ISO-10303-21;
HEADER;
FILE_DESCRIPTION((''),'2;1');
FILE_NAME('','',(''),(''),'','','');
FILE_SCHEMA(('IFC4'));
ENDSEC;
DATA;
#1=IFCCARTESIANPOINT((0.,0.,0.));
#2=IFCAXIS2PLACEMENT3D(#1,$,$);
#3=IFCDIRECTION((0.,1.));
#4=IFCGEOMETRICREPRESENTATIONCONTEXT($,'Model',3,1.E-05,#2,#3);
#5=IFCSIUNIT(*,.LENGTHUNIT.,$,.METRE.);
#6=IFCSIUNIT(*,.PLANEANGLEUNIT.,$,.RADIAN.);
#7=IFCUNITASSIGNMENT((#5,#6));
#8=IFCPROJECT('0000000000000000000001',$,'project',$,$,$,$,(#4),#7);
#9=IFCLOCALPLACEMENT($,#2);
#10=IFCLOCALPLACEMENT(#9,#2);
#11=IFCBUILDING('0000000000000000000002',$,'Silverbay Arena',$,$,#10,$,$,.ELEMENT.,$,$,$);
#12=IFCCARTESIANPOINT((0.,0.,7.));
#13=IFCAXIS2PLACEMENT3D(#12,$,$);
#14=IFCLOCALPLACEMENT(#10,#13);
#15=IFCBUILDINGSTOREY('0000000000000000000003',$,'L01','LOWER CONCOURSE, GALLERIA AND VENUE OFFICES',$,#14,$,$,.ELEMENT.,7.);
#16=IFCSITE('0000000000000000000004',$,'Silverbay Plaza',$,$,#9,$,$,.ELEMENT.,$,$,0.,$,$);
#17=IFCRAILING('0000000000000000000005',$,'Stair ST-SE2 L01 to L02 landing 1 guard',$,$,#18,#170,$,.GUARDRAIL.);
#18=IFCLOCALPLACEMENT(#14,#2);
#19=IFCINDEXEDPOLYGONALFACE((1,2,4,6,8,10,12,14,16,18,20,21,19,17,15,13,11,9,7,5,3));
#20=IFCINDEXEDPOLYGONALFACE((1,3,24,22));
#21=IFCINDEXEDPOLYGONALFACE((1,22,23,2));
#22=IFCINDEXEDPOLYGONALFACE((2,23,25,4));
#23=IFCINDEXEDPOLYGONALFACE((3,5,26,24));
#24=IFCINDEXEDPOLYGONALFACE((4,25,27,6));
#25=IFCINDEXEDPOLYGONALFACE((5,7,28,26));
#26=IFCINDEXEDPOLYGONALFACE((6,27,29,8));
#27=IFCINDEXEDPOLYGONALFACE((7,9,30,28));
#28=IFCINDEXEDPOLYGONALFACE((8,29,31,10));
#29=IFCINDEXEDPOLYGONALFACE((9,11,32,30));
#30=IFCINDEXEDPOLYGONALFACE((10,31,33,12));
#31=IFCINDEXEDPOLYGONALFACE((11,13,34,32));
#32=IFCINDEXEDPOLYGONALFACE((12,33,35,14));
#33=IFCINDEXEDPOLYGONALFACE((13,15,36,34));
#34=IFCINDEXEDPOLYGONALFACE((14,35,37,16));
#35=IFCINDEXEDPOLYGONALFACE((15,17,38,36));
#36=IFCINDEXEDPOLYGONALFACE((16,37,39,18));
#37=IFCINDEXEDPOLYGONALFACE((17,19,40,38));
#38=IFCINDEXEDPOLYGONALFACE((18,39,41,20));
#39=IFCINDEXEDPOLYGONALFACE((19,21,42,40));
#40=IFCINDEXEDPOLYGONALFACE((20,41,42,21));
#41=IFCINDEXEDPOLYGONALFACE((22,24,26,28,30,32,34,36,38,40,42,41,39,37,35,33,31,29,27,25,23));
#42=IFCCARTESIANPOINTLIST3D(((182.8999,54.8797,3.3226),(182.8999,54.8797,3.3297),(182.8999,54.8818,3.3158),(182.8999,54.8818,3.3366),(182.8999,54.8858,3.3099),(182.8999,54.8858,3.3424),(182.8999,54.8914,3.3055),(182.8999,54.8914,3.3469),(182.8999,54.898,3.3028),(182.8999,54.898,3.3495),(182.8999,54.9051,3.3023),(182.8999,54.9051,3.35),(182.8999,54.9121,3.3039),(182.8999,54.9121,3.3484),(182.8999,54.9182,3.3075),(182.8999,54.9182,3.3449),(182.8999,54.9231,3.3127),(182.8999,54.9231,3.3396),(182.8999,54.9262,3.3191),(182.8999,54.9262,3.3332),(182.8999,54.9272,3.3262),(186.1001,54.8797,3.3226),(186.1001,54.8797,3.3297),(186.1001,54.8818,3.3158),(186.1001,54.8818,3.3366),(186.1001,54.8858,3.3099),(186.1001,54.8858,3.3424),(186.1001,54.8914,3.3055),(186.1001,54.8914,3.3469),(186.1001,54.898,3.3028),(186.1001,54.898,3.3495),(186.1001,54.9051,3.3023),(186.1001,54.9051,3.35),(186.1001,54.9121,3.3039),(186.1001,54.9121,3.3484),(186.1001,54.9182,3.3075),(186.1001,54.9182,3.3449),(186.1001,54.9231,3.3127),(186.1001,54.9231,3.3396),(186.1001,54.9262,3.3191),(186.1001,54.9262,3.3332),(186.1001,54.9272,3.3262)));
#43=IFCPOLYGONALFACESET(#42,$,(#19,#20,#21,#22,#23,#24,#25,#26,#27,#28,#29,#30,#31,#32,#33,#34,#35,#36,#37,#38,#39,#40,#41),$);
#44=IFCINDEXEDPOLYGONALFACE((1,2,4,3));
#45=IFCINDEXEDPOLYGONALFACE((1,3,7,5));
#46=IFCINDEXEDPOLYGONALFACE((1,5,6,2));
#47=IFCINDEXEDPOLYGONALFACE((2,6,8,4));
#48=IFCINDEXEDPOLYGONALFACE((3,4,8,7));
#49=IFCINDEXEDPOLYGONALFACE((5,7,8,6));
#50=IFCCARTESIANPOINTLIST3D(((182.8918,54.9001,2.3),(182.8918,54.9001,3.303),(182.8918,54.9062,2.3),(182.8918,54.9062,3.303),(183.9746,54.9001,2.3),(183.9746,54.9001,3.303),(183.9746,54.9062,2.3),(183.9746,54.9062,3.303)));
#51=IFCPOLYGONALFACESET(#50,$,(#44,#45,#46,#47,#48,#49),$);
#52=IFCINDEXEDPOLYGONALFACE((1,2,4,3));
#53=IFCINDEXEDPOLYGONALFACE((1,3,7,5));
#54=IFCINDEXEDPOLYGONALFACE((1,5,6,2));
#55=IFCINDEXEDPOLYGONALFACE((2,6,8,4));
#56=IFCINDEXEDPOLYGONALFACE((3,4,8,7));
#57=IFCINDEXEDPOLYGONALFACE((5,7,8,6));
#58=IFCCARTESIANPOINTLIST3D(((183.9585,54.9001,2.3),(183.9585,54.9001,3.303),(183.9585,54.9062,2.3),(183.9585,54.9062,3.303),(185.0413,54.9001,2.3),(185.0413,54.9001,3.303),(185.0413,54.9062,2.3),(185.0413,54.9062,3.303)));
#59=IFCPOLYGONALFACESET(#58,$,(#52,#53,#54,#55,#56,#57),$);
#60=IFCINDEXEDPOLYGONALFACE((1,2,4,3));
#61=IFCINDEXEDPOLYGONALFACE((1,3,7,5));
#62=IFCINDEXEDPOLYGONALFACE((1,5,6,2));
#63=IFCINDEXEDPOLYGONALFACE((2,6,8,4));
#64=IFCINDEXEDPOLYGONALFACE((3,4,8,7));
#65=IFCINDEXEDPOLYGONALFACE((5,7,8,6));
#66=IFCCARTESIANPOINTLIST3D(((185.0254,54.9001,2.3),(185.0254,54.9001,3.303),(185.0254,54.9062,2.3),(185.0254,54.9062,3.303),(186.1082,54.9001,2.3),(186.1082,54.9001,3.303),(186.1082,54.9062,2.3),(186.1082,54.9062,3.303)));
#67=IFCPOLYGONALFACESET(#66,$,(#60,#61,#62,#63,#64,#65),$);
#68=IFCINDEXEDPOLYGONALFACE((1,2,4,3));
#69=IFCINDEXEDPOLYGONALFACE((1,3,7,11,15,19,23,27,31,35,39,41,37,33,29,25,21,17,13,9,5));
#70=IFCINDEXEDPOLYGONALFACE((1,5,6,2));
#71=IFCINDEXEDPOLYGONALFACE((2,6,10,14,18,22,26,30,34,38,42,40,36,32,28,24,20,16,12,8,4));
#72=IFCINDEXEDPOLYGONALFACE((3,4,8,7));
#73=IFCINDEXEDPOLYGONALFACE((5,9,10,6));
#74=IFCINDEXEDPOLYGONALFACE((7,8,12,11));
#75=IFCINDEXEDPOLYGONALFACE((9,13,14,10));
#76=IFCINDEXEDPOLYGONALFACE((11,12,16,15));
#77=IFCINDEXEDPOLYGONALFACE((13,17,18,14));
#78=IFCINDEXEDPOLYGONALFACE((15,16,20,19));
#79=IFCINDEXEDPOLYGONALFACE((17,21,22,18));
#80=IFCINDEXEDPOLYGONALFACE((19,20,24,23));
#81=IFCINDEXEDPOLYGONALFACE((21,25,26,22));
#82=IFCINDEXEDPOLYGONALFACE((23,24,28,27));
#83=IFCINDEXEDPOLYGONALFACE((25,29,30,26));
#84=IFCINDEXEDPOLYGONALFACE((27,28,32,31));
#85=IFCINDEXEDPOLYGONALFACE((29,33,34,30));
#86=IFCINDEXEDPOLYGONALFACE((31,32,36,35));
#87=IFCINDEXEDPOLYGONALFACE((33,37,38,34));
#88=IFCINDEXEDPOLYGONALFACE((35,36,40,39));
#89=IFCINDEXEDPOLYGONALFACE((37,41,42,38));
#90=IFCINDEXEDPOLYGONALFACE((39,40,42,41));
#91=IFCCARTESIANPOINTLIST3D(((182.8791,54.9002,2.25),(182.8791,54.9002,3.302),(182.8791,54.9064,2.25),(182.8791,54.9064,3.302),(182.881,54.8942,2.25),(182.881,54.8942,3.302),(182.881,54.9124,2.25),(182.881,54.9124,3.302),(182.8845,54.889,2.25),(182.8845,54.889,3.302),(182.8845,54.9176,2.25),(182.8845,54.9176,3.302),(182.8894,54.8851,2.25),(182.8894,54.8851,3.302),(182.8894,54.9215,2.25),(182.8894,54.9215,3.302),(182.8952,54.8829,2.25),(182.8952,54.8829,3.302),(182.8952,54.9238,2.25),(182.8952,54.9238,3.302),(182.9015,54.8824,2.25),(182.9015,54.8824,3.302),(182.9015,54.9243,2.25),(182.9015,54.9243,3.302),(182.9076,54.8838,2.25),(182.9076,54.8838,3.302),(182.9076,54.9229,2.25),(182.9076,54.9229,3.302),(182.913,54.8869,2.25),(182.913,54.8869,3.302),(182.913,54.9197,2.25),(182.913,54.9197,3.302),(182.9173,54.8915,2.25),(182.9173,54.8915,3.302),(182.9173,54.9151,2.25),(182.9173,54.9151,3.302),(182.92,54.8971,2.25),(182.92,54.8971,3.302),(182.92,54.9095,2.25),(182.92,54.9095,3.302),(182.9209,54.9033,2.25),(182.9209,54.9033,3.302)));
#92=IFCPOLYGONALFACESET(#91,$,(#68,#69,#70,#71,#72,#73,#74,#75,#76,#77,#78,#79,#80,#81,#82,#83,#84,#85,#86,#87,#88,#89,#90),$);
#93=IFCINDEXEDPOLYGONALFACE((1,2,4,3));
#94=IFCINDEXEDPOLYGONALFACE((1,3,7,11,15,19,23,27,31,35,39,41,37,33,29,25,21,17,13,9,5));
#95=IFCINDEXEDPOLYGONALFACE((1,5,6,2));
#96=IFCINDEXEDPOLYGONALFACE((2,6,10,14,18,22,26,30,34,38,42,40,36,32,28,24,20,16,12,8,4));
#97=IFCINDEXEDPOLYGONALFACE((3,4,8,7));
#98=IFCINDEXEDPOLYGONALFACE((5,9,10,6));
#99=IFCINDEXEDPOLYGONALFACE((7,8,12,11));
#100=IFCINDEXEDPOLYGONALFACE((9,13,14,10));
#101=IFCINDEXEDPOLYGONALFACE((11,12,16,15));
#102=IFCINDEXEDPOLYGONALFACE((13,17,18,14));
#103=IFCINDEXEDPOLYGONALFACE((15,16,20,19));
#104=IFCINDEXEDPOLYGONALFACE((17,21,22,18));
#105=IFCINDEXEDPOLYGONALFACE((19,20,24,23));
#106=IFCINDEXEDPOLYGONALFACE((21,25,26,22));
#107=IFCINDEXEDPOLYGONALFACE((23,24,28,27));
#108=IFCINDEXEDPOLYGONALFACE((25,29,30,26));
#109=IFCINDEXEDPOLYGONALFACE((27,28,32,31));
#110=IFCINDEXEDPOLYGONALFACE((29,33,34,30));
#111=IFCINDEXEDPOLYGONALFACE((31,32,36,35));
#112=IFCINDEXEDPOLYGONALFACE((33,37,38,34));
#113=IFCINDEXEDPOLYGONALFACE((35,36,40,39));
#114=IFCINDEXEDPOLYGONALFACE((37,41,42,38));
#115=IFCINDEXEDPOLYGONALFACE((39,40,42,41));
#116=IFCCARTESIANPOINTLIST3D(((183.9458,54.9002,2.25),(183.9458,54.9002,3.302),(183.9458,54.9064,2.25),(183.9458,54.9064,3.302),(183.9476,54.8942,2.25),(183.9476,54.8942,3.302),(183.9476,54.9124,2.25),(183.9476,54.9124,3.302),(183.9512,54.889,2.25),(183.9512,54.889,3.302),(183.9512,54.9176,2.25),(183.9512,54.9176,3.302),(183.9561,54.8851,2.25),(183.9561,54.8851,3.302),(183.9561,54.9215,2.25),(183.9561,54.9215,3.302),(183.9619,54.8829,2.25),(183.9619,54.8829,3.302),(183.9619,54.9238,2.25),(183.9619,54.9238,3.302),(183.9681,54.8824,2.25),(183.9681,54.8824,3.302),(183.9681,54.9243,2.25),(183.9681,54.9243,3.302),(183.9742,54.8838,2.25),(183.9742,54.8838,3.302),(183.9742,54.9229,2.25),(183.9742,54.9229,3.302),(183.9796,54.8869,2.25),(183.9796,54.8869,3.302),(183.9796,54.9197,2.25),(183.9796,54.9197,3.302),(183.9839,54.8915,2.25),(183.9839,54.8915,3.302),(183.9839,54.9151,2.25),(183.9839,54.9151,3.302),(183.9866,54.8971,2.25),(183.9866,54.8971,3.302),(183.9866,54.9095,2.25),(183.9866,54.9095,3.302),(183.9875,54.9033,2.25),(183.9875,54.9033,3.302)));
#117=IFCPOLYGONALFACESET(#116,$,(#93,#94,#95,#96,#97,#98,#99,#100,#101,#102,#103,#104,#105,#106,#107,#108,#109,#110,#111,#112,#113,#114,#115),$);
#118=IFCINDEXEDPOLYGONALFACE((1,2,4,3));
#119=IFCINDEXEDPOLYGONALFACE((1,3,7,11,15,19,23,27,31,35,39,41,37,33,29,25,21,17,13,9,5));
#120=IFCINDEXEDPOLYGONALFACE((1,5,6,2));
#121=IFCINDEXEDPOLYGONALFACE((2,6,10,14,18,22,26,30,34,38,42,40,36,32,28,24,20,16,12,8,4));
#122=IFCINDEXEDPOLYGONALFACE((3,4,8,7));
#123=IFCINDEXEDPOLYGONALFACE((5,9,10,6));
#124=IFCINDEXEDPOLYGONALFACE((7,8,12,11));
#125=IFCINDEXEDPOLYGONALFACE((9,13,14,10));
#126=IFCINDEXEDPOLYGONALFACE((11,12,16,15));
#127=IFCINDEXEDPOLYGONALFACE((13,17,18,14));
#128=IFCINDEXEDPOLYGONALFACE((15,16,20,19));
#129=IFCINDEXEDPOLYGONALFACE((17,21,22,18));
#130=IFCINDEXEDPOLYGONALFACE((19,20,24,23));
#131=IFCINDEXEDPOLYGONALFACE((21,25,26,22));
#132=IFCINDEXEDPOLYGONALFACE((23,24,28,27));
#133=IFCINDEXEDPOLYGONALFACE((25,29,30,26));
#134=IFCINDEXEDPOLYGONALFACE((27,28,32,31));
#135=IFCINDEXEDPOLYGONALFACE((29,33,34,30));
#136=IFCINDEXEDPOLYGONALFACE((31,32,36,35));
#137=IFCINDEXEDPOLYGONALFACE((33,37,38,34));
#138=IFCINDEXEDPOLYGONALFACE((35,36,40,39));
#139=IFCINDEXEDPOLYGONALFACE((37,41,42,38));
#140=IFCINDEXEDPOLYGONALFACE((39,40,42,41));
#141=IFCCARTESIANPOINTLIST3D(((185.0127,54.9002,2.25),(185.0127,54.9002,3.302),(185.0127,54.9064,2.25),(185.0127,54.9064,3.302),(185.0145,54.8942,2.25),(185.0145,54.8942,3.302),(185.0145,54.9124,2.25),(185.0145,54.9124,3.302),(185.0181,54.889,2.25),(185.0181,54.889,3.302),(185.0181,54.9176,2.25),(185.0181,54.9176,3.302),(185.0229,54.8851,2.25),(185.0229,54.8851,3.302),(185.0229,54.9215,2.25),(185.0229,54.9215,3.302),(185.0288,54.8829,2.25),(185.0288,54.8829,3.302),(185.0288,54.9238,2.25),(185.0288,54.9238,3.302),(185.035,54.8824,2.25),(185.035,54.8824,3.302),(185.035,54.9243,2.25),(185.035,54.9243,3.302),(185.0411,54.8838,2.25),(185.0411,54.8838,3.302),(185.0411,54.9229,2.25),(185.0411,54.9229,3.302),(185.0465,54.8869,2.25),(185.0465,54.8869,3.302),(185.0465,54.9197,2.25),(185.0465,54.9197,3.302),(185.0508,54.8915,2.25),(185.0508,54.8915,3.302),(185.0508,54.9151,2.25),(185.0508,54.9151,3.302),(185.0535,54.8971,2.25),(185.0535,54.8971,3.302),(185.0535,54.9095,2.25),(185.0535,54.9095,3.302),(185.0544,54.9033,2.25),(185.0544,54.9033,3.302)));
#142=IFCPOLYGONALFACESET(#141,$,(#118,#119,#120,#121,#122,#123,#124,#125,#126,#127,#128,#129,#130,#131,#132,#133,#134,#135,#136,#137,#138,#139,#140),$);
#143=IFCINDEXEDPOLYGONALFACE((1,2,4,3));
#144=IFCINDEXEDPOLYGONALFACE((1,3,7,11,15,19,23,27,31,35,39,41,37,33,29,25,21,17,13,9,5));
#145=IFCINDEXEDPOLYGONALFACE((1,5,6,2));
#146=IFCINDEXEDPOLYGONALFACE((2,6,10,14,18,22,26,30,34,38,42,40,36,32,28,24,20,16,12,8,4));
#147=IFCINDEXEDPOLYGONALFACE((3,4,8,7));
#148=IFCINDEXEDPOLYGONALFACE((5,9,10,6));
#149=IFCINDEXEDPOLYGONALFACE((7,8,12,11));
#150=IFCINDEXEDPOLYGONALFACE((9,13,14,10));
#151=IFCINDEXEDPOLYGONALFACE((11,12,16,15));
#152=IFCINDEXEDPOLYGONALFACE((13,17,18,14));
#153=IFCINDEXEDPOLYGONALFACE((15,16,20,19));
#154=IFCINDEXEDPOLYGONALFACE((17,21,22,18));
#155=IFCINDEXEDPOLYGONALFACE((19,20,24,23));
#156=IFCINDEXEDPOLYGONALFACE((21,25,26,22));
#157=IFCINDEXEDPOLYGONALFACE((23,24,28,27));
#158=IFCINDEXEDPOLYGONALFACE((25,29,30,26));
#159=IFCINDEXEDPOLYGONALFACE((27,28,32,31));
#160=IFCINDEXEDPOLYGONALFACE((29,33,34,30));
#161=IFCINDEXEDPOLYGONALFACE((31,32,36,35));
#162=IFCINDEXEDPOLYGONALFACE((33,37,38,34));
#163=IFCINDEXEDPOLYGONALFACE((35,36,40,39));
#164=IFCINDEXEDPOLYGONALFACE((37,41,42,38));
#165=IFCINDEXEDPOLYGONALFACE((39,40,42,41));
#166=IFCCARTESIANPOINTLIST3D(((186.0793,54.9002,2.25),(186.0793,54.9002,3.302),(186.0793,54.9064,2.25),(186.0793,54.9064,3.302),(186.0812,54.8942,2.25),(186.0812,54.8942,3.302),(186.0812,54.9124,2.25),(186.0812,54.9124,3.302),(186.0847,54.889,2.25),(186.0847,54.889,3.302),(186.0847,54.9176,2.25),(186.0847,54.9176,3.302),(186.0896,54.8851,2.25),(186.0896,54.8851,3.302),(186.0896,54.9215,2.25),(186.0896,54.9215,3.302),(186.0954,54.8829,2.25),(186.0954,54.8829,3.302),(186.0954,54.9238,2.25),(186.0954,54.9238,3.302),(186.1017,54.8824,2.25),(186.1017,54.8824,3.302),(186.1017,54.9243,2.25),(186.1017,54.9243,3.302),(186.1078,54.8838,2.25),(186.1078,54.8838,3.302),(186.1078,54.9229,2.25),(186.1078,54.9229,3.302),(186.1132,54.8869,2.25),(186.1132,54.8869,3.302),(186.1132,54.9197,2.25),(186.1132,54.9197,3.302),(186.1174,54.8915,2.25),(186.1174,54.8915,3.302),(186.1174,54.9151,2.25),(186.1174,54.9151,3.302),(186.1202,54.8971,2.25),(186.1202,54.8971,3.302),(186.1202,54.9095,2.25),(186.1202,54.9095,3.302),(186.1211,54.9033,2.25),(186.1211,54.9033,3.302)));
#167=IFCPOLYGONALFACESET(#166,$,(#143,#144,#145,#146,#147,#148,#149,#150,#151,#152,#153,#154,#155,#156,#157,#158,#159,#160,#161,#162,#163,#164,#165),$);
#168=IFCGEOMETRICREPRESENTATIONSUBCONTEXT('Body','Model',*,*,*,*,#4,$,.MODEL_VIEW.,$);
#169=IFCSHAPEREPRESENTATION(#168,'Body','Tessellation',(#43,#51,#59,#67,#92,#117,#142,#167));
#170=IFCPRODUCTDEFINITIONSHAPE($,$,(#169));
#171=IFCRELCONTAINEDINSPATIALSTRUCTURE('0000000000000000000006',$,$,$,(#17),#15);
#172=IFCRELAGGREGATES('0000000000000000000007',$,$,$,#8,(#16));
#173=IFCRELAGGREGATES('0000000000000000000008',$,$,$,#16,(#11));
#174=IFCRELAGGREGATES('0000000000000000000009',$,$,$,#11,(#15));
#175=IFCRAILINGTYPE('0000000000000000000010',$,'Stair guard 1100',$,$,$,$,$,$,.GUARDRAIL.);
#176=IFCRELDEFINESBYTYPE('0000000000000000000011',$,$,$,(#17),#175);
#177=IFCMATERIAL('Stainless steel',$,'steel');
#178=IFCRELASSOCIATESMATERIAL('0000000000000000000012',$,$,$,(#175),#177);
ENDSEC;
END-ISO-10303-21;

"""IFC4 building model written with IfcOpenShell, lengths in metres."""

from ifc_helpers import new_model, si_unit, direction, frame, origin, origin_2d, place, context, subcontext, project, spatial, polyline, circle, outline, extrude, material, type_object, element, save


model = new_model("IFC4")

# Units and contexts
model_context = context("Model", 3, precision=1e-05, world=origin(), true_north=direction((0.0, 1.0)))
body_context = subcontext(model_context, "Body", "Model", "MODEL_VIEW")
ifc_project = project(units=[si_unit("LENGTHUNIT", "METRE"), si_unit("PLANEANGLEUNIT", "RADIAN")], contexts=[model_context])

# Site, building, storey
site_placement = place(None, origin())
site = spatial("IfcSite", under=ifc_project, at=site_placement, Name="Silverbay Plaza", CompositionType="ELEMENT", RefElevation=0.0)
building_placement = place(site_placement, origin())
building = spatial("IfcBuilding", under=site, at=building_placement, Name="Silverbay Arena", CompositionType="ELEMENT")
storey_placement = place(building_placement, frame((0.0, 0.0, 7.0)))
storey = spatial("IfcBuildingStorey", under=building, at=storey_placement, Name="L01", Description="LOWER CONCOURSE, GALLERIA AND VENUE OFFICES", CompositionType="ELEMENT", Elevation=7.0)

# Railing
ifc_material_1 = material(Name="Stainless steel", Category="steel")
railing_type_1 = type_object("IfcRailingType", Name="Stair guard 1100", PredefinedType="GUARDRAIL", material=ifc_material_1)
for number, where, name in (
    (1, (182.8999, 54.9033, 2.25), "Stair ST-SE2 L01 to L02 landing 1 guard"),
):
    element("IfcRailing", number, at=place(storey_placement, frame(where)), inside=storey, type_object=railing_type_1, Name=name, PredefinedType="GUARDRAIL", context=body_context, shape_type="SweptSolid", body=[
        extrude(circle(Radius=0.0239, at=origin_2d()), frame((0.0, 0.0, 1.0762), z_axis=(1.0, 0.0, 0.0), x_axis=(0.0, 1.0, 0.0)), (0.0, 0.0, 1.0), 3.2002),
        extrude(outline(polyline([(-0.0081, 0.05), (1.0747, 0.05), (1.0747, 1.053), (-0.0081, 1.053), (-0.0081, 0.05)])), frame((0.0, 0.0029, 0.0), z_axis=(0.0, -1.0, 0.0), x_axis=(1.0, 0.0, 0.0)), (0.0, 0.0, 1.0), 0.0061),
        extrude(outline(polyline([(-0.0081, 0.05), (1.0747, 0.05), (1.0747, 1.053), (-0.0081, 1.053), (-0.0081, 0.05)])), frame((1.0667, 0.0029, 0.0), z_axis=(0.0, -1.0, 0.0), x_axis=(1.0, 0.0, 0.0)), (0.0, 0.0, 1.0), 0.0061),
        extrude(outline(polyline([(-0.0081, 0.05), (1.0747, 0.05), (1.0747, 1.053), (-0.0081, 1.053), (-0.0081, 0.05)])), frame((2.1335, 0.0029, 0.0), z_axis=(0.0, -1.0, 0.0), x_axis=(1.0, 0.0, 0.0)), (0.0, 0.0, 1.0), 0.0061),
        extrude(circle(Radius=0.021, at=origin_2d()), origin(), (0.0, 0.0, 1.0), 1.052),
        extrude(circle(Radius=0.021, at=origin_2d()), frame((1.0667, 0.0, 0.0)), (0.0, 0.0, 1.0), 1.052),
        extrude(circle(Radius=0.021, at=origin_2d()), frame((2.1335, 0.0, 0.0)), (0.0, 0.0, 1.0), 1.052),
        extrude(circle(Radius=0.021, at=origin_2d()), frame((3.2002, 0.0, 0.0)), (0.0, 0.0, 1.0), 1.052),
    ])

save(model, "model.ifc")
